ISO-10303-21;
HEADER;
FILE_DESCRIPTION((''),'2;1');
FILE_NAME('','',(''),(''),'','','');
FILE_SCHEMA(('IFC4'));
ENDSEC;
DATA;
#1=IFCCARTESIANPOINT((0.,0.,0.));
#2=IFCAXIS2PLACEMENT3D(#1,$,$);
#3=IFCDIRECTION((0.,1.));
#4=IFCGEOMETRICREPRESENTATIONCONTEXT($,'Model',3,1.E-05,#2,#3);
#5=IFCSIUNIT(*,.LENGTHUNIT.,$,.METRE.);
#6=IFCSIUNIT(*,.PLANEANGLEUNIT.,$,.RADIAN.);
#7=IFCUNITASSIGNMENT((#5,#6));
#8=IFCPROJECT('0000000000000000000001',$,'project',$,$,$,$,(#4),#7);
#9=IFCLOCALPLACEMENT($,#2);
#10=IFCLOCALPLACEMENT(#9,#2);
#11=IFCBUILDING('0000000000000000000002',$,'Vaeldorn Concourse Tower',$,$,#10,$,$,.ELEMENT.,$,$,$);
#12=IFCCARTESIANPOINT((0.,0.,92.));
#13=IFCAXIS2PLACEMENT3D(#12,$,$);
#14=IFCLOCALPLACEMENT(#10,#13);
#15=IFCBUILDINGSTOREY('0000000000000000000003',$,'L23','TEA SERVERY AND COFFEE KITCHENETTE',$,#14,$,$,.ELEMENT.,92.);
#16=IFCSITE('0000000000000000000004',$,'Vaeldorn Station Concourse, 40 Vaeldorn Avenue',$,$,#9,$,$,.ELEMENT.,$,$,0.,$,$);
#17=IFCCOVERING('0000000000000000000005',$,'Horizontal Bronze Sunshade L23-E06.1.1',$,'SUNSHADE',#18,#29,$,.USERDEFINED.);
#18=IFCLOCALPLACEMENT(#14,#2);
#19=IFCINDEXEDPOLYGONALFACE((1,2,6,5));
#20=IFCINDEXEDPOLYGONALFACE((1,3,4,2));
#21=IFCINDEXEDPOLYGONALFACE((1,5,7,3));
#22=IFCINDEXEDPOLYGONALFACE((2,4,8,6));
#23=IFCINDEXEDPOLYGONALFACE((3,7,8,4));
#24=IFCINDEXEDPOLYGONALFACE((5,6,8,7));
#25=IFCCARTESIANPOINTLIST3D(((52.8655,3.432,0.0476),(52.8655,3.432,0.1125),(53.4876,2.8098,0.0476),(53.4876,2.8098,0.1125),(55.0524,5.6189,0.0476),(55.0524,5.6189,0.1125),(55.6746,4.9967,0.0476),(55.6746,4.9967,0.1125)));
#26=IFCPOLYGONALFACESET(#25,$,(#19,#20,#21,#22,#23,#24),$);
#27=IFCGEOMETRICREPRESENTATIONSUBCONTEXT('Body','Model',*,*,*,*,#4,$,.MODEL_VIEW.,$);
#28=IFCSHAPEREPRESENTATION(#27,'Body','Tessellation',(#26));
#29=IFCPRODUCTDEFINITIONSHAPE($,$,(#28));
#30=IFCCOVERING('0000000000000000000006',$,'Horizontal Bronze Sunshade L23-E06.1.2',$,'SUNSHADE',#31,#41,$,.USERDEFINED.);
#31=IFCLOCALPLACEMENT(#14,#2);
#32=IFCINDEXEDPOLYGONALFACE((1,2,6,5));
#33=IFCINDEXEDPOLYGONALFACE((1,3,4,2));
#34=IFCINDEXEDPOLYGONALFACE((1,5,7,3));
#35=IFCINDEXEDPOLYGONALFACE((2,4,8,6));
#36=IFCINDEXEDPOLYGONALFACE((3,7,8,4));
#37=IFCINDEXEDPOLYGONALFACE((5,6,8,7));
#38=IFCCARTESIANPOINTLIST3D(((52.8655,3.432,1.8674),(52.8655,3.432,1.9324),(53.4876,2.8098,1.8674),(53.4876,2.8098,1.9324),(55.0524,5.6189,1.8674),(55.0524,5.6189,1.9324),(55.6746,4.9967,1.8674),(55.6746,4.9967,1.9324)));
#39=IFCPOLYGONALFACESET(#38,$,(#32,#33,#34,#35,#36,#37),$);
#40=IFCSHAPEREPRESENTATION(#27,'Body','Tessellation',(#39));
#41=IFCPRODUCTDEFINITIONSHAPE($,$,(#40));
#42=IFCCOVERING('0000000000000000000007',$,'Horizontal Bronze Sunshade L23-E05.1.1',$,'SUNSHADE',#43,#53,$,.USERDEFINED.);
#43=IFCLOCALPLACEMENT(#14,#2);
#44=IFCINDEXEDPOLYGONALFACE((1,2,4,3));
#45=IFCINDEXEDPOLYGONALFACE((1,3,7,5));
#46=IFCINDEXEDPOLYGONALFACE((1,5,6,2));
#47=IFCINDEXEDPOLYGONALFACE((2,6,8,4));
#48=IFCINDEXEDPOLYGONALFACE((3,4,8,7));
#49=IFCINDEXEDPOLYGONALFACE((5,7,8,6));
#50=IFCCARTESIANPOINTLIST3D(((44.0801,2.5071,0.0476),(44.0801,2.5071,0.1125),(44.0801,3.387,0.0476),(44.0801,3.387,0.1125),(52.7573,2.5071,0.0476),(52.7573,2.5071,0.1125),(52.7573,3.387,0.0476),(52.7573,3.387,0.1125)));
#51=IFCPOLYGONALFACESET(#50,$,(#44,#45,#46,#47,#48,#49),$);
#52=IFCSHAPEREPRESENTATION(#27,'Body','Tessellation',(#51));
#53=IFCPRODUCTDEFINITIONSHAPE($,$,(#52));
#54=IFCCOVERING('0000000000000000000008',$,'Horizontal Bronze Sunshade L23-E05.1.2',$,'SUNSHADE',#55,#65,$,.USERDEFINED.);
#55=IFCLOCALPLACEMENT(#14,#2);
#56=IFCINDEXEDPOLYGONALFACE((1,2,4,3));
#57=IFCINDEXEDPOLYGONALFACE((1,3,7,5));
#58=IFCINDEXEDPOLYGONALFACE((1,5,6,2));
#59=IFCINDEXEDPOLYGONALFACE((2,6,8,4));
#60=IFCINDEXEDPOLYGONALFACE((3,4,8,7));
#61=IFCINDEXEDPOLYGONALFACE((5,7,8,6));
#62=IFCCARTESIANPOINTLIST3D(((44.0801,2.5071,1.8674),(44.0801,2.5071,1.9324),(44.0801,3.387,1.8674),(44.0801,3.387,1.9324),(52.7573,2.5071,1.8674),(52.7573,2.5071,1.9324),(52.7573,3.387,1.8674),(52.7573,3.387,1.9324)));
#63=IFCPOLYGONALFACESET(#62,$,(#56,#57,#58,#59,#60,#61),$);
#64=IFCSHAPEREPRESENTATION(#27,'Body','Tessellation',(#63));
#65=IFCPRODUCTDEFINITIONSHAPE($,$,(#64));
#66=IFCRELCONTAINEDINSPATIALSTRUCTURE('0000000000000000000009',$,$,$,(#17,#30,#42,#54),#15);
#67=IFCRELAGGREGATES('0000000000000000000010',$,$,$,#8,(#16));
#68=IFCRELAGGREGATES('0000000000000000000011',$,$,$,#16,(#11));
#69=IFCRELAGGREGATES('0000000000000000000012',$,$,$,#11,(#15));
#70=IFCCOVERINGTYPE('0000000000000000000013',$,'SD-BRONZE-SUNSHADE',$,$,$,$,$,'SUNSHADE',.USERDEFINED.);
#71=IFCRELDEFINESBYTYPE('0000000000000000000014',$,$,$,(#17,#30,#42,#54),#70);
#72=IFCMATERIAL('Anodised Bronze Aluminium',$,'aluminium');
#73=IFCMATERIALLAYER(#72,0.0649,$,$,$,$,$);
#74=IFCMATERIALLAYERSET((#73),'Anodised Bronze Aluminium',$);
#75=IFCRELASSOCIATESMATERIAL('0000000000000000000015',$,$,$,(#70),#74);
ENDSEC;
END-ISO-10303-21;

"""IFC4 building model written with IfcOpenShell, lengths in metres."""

from ifc_helpers import new_model, si_unit, direction, frame, origin, origin_2d, place, context, subcontext, project, spatial, rectangle, extrude, source, transform, mapped, material, layer, layer_set, type_object, element, save


model = new_model("IFC4")

# Units and contexts
model_context = context("Model", 3, precision=1e-05, world=origin(), true_north=direction((0.0, 1.0)))
body_context = subcontext(model_context, "Body", "Model", "MODEL_VIEW")
ifc_project = project(units=[si_unit("LENGTHUNIT", "METRE"), si_unit("PLANEANGLEUNIT", "RADIAN")], contexts=[model_context])

# Site, building, storey
site_placement = place(None, origin())
site = spatial("IfcSite", under=ifc_project, at=site_placement, Name="Vaeldorn Station Concourse, 40 Vaeldorn Avenue", CompositionType="ELEMENT", RefElevation=0.0)
building_placement = place(site_placement, origin())
building = spatial("IfcBuilding", under=site, at=building_placement, Name="Vaeldorn Concourse Tower", CompositionType="ELEMENT")
storey_placement = place(building_placement, frame((0.0, 0.0, 92.0)))
storey = spatial("IfcBuildingStorey", under=building, at=storey_placement, Name="L23", Description="TEA SERVERY AND COFFEE KITCHENETTE", CompositionType="ELEMENT", Elevation=92.0)

# Shared definitions
ifc_material_1 = material(Name="Anodised Bronze Aluminium", Category="aluminium")

# Coverings
ifc_layer_1 = layer(ifc_material_1, 0.0649)
ifc_layer_set_1 = layer_set([ifc_layer_1], Name="Anodised Bronze Aluminium")
covering_type = type_object("IfcCoveringType", Name="SD-BRONZE-SUNSHADE", ElementType="SUNSHADE", PredefinedType="USERDEFINED", material=ifc_layer_set_1)
shared_shape_1 = source(origin(), body_context, "Body", "SweptSolid", [
    extrude(rectangle(XDim=3.0928, YDim=0.8799, at=origin_2d()), origin(), (0.0, 0.0, 1.0), 0.0649),
])
for number, where, z_axis, x_axis, name in (
    (1, (54.27, 4.2144, 0.0476), (0.0, 0.0, 1.0), (0.707107, 0.707107, 0.0), "Horizontal Bronze Sunshade L23-E06.1.1"),
    (2, (54.27, 4.2144, 1.8674), (0.0, 0.0, 1.0), (0.707107, 0.707107, 0.0), "Horizontal Bronze Sunshade L23-E06.1.2"),
):
    element("IfcCovering", number, at=place(storey_placement, frame(where, z_axis=z_axis, x_axis=x_axis)), inside=storey, type_object=covering_type, Name=name, ObjectType="SUNSHADE", PredefinedType="USERDEFINED", context=body_context, shape_type="MappedRepresentation", body=[
        mapped(shared_shape_1, transform((0.0, 0.0, 0.0), scale=1.0)),
    ])
shared_shape_2 = source(origin(), body_context, "Body", "SweptSolid", [
    extrude(rectangle(XDim=8.6772, YDim=0.8799, at=origin_2d()), origin(), (0.0, 0.0, 1.0), 0.0649),
])
for number, where, z_axis, x_axis, name in (
    (3, (48.4187, 2.947, 0.0476), (0.0, 0.0, 1.0), (1.0, 0.0, 0.0), "Horizontal Bronze Sunshade L23-E05.1.1"),
    (4, (48.4187, 2.947, 1.8674), (0.0, 0.0, 1.0), (1.0, 0.0, 0.0), "Horizontal Bronze Sunshade L23-E05.1.2"),
):
    element("IfcCovering", number, at=place(storey_placement, frame(where, z_axis=z_axis, x_axis=x_axis)), inside=storey, type_object=covering_type, Name=name, ObjectType="SUNSHADE", PredefinedType="USERDEFINED", context=body_context, shape_type="MappedRepresentation", body=[
        mapped(shared_shape_2, transform((0.0, 0.0, 0.0), scale=1.0)),
    ])

save(model, "model.ifc")
